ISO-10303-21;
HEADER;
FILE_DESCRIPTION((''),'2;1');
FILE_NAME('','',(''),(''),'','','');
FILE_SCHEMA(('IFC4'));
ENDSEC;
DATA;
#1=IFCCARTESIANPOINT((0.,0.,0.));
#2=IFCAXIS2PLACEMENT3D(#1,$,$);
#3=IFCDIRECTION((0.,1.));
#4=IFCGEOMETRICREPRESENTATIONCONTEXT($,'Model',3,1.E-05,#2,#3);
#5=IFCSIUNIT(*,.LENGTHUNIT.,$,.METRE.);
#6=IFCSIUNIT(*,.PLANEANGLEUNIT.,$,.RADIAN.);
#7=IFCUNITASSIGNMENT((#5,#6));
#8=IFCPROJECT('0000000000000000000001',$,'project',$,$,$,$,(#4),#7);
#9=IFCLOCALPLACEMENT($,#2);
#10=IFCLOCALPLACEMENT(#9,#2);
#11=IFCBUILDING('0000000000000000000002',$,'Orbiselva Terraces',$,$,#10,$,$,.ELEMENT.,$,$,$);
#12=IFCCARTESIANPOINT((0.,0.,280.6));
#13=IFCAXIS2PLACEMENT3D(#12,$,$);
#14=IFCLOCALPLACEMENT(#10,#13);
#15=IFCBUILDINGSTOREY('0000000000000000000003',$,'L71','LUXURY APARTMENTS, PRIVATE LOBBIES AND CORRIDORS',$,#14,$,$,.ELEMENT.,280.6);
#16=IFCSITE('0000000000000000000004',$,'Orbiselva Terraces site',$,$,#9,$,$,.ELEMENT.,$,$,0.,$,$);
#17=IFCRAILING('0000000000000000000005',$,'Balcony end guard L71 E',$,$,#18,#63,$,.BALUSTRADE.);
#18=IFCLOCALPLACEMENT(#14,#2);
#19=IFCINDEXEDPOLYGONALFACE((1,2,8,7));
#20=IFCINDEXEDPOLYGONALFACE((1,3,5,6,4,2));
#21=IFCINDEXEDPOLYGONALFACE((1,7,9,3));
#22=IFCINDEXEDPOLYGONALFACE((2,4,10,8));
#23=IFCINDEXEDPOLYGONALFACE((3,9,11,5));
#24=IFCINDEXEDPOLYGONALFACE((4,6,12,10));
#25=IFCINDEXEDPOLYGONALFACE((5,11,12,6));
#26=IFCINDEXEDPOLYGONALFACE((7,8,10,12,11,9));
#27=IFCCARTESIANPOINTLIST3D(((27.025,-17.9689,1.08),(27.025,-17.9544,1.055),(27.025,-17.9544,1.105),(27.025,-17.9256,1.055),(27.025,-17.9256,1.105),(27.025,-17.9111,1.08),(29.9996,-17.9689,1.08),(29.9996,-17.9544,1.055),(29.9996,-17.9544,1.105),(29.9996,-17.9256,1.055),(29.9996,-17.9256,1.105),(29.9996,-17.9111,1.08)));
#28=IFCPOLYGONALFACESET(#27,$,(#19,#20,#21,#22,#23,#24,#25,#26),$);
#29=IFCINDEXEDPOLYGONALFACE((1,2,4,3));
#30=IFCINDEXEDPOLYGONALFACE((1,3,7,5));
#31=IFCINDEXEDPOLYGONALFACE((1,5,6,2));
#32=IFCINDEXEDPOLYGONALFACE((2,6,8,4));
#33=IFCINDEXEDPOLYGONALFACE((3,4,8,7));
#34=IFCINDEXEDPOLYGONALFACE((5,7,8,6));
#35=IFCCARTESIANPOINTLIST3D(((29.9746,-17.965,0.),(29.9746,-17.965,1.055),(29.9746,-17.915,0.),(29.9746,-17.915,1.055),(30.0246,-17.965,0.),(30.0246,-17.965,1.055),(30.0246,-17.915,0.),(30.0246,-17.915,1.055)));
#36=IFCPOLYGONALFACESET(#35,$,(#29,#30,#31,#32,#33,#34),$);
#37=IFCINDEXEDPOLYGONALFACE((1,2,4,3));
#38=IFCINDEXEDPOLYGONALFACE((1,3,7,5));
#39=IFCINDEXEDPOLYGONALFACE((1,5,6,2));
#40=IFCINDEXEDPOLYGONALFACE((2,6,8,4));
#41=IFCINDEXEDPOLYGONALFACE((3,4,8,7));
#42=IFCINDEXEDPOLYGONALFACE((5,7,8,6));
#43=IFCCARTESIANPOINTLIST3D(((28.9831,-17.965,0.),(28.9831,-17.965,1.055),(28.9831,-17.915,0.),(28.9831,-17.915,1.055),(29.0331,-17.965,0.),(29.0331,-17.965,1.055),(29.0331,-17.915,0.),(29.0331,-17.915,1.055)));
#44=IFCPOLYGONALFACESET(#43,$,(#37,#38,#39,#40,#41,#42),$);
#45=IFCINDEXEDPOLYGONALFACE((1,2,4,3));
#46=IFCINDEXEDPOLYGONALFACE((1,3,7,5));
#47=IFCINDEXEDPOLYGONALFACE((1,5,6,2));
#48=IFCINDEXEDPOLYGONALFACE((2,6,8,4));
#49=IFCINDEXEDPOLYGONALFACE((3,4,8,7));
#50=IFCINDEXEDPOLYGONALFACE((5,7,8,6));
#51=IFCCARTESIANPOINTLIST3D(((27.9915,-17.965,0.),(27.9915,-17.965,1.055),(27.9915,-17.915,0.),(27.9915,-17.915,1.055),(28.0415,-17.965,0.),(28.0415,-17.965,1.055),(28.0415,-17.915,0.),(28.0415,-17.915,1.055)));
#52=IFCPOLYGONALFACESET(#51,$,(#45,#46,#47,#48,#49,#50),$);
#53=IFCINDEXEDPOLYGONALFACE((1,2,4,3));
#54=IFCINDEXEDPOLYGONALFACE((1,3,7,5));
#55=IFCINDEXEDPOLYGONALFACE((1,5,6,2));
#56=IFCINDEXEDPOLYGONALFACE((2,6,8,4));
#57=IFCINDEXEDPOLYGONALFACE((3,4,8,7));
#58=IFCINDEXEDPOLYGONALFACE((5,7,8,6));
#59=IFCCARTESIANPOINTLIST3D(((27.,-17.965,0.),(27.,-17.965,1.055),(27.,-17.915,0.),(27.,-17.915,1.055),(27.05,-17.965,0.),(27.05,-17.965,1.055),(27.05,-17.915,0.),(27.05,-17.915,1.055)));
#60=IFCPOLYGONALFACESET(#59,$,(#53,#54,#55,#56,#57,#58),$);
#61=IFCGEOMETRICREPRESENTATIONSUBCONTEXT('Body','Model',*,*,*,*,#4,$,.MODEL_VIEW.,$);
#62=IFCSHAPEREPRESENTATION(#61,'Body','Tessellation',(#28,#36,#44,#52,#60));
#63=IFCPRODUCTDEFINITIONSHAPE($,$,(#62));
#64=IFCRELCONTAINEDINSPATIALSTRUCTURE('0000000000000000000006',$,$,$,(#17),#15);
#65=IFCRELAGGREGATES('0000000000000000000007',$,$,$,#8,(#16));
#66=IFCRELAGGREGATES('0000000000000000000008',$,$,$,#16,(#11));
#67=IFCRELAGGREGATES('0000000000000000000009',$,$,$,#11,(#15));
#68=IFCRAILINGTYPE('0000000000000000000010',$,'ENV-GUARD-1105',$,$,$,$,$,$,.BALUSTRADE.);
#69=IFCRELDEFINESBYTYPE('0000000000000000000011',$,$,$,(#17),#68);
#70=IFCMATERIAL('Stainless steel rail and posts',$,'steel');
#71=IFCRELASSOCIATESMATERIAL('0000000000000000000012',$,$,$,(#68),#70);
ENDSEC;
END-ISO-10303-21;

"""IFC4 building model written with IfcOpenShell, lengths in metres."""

from ifc_helpers import new_model, si_unit, direction, frame, origin, origin_2d, place, context, subcontext, project, spatial, polyline, rectangle, outline, extrude, material, type_object, element, save


model = new_model("IFC4")

# Units and contexts
model_context = context("Model", 3, precision=1e-05, world=origin(), true_north=direction((0.0, 1.0)))
body_context = subcontext(model_context, "Body", "Model", "MODEL_VIEW")
ifc_project = project(units=[si_unit("LENGTHUNIT", "METRE"), si_unit("PLANEANGLEUNIT", "RADIAN")], contexts=[model_context])

# Site, building, storey
site_placement = place(None, origin())
site = spatial("IfcSite", under=ifc_project, at=site_placement, Name="Orbiselva Terraces site", CompositionType="ELEMENT", RefElevation=0.0)
building_placement = place(site_placement, origin())
building = spatial("IfcBuilding", under=site, at=building_placement, Name="Orbiselva Terraces", CompositionType="ELEMENT")
storey_placement = place(building_placement, frame((0.0, 0.0, 280.6)))
storey = spatial("IfcBuildingStorey", under=building, at=storey_placement, Name="L71", Description="LUXURY APARTMENTS, PRIVATE LOBBIES AND CORRIDORS", CompositionType="ELEMENT", Elevation=280.6)

# Railing
ifc_material_1 = material(Name="Stainless steel rail and posts", Category="steel")
railing_type_1 = type_object("IfcRailingType", Name="ENV-GUARD-1105", PredefinedType="BALUSTRADE", material=ifc_material_1)
railing_1_placement = place(storey_placement, frame((29.9996, -17.94, 0.0)))
element("IfcRailing", 1, at=railing_1_placement, inside=storey, type_object=railing_type_1, Name="Balcony end guard L71 E", PredefinedType="BALUSTRADE", context=body_context, shape_type="SweptSolid", body=[
    extrude(outline(polyline([(0.0289, 0.0), (0.0144, 0.025), (-0.0144, 0.025), (-0.0289, 0.0), (-0.0144, -0.025), (0.0144, -0.025), (0.0289, 0.0)])), frame((0.0, 0.0, 1.08), z_axis=(-1.0, 0.0, 0.0), x_axis=(0.0, -1.0, 0.0)), (0.0, 0.0, 1.0), 2.9746),
    extrude(rectangle(XDim=0.05, YDim=0.05, at=origin_2d()), origin(), (0.0, 0.0, 1.0), 1.055),
    extrude(rectangle(XDim=0.05, YDim=0.05, at=origin_2d()), frame((-0.9915, 0.0, 0.0)), (0.0, 0.0, 1.0), 1.055),
    extrude(rectangle(XDim=0.05, YDim=0.05, at=origin_2d()), frame((-1.9831, 0.0, 0.0)), (0.0, 0.0, 1.0), 1.055),
    extrude(rectangle(XDim=0.05, YDim=0.05, at=origin_2d()), frame((-2.9746, 0.0, 0.0)), (0.0, 0.0, 1.0), 1.055),
])

save(model, "model.ifc")
